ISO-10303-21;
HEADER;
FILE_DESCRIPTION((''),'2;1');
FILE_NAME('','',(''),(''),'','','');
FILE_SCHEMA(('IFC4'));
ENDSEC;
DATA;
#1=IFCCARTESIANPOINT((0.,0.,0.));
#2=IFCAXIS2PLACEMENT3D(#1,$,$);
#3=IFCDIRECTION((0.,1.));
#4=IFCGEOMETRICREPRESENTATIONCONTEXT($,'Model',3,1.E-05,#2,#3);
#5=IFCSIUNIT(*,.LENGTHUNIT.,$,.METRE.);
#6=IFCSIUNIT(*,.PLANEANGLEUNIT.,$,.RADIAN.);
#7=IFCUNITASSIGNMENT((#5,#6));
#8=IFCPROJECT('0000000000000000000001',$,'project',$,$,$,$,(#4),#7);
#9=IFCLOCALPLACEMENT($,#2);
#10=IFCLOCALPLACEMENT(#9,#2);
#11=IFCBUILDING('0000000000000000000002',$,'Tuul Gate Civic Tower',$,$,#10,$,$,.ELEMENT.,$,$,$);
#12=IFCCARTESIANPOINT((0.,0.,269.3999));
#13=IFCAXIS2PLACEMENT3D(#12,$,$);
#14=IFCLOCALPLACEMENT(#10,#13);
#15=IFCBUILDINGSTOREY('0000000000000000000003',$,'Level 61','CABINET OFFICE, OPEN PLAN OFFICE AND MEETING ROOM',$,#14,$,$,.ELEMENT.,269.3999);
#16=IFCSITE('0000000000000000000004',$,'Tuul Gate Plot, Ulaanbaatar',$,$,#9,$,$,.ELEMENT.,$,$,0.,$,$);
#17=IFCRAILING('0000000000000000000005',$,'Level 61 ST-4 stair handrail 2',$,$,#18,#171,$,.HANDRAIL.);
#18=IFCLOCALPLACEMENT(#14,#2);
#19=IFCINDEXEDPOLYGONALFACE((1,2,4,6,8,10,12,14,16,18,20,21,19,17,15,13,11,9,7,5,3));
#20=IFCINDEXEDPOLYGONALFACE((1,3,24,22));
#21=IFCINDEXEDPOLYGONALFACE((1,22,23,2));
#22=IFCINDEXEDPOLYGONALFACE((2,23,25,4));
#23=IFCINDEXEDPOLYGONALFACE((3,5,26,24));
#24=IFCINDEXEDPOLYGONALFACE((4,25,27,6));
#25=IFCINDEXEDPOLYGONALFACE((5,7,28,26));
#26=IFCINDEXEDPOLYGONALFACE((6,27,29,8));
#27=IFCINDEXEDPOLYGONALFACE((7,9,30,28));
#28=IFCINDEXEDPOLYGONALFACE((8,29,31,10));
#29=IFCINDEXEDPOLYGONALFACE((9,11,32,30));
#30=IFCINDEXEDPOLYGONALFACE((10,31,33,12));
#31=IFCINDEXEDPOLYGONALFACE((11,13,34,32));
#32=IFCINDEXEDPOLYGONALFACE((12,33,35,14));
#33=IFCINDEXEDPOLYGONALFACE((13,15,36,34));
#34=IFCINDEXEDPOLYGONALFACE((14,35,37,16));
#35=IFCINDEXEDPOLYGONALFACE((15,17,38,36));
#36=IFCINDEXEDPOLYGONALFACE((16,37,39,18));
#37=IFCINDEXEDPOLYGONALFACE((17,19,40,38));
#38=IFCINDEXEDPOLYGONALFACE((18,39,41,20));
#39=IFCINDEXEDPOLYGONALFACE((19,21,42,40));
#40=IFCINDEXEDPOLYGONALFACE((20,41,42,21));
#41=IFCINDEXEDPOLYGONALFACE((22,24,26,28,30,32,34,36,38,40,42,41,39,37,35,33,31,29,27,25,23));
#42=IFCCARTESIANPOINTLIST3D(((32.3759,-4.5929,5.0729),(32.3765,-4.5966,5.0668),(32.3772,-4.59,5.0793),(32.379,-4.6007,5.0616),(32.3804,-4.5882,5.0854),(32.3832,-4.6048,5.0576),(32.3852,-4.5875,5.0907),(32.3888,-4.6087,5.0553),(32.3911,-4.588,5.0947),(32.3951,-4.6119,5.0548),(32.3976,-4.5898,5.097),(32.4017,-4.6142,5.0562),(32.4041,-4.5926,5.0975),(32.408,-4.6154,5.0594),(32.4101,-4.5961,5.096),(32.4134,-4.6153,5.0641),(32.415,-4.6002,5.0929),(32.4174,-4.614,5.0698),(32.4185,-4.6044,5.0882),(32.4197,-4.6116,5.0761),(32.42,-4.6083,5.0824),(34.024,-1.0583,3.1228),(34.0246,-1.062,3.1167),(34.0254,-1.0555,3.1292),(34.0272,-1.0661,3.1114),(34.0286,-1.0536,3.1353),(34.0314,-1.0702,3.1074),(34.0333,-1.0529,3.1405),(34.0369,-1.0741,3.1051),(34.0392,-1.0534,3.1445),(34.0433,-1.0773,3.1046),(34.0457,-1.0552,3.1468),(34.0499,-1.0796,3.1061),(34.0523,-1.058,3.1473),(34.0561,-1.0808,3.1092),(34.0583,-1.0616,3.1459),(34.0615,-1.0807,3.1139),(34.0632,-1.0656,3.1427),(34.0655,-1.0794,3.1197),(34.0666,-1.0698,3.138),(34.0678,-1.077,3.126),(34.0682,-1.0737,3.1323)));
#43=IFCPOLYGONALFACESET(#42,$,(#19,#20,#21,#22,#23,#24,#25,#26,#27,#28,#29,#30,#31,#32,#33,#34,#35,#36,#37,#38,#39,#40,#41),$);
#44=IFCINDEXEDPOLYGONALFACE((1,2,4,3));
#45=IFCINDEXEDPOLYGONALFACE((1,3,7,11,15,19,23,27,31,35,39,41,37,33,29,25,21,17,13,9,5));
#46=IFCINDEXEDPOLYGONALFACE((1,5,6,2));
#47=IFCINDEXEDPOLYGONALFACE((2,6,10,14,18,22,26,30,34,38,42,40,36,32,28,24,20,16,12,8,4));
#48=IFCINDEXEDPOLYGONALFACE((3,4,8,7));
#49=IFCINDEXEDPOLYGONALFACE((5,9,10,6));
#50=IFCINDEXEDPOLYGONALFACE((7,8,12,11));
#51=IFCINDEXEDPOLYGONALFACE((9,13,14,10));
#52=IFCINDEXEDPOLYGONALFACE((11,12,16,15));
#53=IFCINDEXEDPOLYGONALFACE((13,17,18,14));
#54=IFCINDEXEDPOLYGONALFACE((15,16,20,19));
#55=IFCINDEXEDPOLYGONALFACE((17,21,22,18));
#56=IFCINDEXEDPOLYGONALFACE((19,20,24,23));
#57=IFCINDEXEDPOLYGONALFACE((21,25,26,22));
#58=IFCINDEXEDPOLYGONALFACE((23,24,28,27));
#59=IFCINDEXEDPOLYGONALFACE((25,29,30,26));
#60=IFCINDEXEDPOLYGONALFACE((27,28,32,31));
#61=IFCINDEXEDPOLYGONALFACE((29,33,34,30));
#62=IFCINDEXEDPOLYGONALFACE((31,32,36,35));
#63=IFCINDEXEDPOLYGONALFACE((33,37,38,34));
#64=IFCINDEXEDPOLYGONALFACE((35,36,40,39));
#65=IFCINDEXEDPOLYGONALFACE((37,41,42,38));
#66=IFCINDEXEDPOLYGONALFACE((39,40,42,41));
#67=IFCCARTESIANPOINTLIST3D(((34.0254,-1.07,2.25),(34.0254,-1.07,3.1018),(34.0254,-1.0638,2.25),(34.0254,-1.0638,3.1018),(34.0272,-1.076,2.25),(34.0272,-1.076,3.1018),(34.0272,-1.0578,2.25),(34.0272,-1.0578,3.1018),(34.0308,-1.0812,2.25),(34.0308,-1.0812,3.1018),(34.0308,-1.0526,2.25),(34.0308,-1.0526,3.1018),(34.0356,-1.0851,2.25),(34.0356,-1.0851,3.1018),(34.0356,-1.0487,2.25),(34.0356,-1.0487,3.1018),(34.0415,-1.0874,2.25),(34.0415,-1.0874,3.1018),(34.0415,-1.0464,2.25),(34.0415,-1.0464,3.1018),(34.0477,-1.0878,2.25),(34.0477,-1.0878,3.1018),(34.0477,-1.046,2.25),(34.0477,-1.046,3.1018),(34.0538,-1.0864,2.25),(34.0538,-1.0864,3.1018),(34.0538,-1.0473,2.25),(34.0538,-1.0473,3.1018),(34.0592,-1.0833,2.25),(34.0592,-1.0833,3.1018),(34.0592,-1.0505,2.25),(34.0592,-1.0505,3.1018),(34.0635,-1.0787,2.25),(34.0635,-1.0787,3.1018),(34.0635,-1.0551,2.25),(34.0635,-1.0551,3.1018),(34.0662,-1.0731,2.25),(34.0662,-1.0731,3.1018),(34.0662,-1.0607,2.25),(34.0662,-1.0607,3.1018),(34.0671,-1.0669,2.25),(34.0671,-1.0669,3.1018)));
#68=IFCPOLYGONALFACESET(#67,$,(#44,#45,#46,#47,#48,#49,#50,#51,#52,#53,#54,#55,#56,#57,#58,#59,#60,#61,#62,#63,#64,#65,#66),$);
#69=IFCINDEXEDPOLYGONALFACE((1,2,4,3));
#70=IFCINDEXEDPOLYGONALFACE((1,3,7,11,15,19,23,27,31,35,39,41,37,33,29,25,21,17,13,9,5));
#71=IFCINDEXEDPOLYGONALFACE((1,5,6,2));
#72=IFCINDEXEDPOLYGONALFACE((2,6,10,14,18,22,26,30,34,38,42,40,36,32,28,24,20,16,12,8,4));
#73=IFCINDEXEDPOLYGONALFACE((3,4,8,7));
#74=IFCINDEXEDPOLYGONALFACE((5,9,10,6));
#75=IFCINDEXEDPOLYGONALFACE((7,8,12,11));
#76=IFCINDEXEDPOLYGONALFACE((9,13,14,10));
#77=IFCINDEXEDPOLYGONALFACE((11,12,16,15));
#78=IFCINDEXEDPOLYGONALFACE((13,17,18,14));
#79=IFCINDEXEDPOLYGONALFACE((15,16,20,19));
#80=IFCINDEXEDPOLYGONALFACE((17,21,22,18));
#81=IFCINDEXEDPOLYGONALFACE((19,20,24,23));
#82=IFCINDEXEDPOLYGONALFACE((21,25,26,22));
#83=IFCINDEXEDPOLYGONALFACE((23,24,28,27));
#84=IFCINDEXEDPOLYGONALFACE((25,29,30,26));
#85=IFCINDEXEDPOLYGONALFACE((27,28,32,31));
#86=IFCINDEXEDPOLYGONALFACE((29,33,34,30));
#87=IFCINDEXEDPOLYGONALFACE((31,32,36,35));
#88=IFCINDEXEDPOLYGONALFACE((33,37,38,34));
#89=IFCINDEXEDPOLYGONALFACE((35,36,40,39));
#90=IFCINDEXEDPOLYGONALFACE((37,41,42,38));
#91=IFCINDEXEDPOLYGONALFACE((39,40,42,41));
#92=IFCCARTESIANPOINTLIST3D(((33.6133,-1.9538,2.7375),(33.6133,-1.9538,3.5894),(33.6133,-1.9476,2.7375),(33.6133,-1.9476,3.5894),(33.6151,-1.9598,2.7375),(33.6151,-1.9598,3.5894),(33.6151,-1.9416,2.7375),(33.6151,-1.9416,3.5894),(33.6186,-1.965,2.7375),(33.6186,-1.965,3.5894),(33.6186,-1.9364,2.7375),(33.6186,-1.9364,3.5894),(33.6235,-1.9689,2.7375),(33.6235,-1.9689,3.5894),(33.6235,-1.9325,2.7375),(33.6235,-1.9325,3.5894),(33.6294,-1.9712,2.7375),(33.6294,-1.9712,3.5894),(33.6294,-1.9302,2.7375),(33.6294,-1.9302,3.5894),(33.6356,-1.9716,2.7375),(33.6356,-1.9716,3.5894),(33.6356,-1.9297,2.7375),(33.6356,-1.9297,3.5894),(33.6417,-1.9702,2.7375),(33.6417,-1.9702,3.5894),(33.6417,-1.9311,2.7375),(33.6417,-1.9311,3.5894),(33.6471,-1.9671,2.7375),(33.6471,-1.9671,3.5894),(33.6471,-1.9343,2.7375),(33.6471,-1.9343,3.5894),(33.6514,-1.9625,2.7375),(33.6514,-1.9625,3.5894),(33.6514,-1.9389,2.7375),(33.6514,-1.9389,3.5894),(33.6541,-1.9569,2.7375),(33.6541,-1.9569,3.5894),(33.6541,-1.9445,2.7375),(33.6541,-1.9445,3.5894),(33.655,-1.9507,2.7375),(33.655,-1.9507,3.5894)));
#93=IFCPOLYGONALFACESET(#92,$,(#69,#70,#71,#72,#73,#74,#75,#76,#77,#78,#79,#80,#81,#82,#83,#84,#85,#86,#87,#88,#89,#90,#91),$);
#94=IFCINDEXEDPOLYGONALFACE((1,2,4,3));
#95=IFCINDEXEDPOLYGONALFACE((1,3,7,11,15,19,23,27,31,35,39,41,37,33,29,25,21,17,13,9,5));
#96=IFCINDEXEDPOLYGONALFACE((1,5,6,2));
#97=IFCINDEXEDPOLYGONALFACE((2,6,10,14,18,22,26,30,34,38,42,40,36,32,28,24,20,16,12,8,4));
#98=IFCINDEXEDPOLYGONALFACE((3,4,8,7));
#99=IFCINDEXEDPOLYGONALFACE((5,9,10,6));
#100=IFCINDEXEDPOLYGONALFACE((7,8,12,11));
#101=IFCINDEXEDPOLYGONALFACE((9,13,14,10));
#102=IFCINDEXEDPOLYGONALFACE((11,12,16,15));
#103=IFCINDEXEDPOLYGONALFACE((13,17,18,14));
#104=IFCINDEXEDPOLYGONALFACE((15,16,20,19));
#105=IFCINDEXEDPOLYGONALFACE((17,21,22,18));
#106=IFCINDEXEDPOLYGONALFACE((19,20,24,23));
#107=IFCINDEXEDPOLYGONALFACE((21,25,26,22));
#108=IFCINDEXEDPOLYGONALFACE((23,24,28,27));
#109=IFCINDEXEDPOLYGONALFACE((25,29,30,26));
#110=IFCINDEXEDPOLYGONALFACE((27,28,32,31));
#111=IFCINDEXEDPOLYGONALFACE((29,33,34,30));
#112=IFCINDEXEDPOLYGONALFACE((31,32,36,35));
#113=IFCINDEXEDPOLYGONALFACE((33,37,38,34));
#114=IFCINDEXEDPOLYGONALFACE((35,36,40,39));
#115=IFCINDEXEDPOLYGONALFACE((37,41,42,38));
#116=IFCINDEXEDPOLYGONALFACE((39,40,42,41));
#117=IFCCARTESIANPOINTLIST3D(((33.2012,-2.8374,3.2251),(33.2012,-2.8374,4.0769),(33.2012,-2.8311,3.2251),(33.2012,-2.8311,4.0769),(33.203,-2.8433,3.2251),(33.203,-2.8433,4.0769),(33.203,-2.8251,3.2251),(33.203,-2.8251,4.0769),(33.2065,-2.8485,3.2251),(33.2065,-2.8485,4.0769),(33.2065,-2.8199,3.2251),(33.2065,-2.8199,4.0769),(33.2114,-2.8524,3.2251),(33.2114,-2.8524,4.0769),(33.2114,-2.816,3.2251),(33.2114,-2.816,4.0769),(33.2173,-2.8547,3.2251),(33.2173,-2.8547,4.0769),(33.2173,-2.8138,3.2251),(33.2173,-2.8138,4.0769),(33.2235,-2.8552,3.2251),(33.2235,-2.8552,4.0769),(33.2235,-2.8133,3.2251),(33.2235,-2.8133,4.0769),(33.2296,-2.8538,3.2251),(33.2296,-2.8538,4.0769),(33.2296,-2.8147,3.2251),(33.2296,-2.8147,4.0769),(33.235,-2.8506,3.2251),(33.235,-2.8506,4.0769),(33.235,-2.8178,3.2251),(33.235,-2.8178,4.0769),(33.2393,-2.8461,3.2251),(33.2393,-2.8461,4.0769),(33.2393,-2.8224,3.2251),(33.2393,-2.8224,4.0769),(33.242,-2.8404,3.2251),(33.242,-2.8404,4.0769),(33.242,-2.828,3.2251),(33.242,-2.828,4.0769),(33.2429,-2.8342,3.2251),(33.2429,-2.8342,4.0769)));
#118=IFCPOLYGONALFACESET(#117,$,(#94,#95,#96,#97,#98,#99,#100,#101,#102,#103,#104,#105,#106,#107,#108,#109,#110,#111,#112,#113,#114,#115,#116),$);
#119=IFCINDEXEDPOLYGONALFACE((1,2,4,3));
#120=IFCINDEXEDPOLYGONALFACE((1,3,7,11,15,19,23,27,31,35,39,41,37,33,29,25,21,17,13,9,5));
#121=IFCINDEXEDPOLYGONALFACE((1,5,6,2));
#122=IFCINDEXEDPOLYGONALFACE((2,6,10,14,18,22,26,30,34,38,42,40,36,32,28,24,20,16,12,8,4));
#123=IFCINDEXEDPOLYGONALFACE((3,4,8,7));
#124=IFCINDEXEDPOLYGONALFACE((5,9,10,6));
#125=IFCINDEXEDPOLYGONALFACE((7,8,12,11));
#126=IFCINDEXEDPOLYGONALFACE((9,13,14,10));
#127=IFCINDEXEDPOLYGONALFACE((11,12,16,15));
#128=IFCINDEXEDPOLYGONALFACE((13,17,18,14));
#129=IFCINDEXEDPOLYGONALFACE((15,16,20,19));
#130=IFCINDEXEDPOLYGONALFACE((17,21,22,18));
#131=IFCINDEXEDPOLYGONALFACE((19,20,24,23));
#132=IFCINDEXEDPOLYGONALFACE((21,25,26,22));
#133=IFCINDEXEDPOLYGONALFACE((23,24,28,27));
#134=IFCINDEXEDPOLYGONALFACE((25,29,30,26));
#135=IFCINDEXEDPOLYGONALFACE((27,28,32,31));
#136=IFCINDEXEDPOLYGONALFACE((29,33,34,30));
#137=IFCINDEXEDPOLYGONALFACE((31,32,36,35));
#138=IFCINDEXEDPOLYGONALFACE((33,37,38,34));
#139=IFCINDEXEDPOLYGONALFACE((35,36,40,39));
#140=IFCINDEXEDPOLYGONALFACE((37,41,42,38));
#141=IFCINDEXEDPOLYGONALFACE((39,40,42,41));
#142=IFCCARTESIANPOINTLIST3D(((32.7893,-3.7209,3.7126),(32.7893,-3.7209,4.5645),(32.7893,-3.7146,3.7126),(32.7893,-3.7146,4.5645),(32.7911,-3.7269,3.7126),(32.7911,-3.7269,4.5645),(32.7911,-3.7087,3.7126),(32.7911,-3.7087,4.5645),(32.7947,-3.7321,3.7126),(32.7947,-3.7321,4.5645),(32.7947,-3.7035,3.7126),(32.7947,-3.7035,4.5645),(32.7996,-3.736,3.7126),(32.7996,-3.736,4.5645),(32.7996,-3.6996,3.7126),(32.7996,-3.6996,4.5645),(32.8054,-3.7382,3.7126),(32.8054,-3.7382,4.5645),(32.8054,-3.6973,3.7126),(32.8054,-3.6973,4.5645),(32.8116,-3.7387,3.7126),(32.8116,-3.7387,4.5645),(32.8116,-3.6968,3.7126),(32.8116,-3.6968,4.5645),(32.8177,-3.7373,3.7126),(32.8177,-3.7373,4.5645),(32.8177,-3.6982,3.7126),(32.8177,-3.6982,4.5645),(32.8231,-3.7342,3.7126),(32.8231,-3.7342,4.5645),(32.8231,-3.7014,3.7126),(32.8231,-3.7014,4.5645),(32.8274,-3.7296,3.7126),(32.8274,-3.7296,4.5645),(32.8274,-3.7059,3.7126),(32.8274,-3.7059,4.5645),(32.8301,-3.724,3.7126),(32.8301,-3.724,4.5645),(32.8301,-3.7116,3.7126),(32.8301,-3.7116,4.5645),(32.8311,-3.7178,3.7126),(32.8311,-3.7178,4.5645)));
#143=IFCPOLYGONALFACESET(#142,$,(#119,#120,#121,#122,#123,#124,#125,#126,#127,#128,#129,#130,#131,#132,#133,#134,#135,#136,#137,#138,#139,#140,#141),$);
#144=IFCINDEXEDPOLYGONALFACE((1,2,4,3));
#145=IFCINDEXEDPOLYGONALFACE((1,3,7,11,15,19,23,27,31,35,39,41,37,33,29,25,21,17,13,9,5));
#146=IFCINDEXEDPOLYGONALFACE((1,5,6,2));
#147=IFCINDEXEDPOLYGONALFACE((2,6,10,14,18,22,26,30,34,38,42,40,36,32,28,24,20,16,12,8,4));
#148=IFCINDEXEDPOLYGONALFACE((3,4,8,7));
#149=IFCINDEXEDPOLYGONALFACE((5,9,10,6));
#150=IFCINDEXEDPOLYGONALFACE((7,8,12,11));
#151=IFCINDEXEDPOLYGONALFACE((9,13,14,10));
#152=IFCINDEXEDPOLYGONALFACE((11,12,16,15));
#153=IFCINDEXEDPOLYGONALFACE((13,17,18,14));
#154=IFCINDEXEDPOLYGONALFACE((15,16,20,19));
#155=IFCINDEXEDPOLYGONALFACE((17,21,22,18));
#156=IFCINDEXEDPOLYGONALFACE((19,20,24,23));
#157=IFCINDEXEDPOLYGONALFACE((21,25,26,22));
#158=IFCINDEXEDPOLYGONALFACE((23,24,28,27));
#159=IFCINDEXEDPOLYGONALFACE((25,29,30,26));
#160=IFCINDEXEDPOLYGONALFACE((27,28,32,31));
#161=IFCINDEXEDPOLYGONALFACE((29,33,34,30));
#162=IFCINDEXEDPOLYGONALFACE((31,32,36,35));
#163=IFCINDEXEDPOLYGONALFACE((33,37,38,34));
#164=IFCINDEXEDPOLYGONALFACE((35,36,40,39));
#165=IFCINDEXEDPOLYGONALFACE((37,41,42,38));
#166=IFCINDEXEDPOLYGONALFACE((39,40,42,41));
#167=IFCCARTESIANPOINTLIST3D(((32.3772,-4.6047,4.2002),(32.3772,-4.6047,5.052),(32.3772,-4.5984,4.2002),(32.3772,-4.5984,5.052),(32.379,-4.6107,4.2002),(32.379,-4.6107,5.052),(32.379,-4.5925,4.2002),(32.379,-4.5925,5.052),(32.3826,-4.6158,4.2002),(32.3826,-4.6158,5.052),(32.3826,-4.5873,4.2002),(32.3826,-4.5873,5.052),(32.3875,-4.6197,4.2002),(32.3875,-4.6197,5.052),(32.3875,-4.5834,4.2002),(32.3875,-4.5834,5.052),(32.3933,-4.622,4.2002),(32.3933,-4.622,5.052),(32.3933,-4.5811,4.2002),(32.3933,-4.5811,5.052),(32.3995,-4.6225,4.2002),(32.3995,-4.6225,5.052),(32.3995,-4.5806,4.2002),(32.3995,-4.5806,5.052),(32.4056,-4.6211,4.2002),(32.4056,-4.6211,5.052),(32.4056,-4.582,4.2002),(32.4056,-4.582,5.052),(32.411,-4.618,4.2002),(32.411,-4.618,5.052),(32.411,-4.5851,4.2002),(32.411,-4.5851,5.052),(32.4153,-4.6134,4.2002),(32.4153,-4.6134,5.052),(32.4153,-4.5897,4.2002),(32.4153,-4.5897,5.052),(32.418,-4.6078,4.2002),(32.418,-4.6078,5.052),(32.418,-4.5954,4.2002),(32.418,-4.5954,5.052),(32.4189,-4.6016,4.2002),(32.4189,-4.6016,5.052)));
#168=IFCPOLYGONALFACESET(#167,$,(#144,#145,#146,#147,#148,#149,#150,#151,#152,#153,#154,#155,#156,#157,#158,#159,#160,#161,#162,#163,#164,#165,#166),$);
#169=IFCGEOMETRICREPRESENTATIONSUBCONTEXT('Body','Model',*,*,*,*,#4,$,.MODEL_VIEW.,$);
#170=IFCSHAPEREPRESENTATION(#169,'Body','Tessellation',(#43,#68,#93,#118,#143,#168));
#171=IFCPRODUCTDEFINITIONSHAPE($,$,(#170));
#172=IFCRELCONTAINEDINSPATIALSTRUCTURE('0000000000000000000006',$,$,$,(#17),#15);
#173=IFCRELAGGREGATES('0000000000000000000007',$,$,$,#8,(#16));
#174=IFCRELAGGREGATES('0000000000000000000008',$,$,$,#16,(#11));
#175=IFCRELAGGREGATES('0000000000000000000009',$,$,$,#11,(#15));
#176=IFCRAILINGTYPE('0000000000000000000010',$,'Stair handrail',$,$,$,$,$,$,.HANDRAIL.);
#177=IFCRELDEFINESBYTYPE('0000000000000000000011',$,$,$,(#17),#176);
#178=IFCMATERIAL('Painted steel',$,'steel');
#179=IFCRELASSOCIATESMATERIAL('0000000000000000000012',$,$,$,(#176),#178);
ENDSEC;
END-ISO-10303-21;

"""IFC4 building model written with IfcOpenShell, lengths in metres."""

from ifc_helpers import new_model, si_unit, direction, frame, origin, origin_2d, place, context, subcontext, project, spatial, circle, extrude, material, type_object, element, save


model = new_model("IFC4")

# Units and contexts
model_context = context("Model", 3, precision=1e-05, world=origin(), true_north=direction((0.0, 1.0)))
body_context = subcontext(model_context, "Body", "Model", "MODEL_VIEW")
ifc_project = project(units=[si_unit("LENGTHUNIT", "METRE"), si_unit("PLANEANGLEUNIT", "RADIAN")], contexts=[model_context])

# Site, building, storey
site_placement = place(None, origin())
site = spatial("IfcSite", under=ifc_project, at=site_placement, Name="Tuul Gate Plot, Ulaanbaatar", CompositionType="ELEMENT", RefElevation=0.0)
building_placement = place(site_placement, origin())
building = spatial("IfcBuilding", under=site, at=building_placement, Name="Tuul Gate Civic Tower", CompositionType="ELEMENT")
storey_placement = place(building_placement, frame((0.0, 0.0, 269.3999)))
storey = spatial("IfcBuildingStorey", under=building, at=storey_placement, Name="Level 61", Description="CABINET OFFICE, OPEN PLAN OFFICE AND MEETING ROOM", CompositionType="ELEMENT", Elevation=269.3999)

# Railing
ifc_material_1 = material(Name="Painted steel", Category="steel")
railing_type = type_object("IfcRailingType", Name="Stair handrail", PredefinedType="HANDRAIL", material=ifc_material_1)
railing_placement = place(storey_placement, frame((34.0461, -1.0669, 2.25)))
element("IfcRailing", 1, at=railing_placement, inside=storey, type_object=railing_type, Name="Level 61 ST-4 stair handrail 2", PredefinedType="HANDRAIL", context=body_context, shape_type="SweptSolid", body=[
    extrude(circle(Radius=0.0239, at=origin_2d()), frame((0.0, 0.0, 0.876), z_axis=(-0.377985, -0.810617, 0.447245), x_axis=(0.906313, -0.422608, 0.0)), (0.0, 0.0, 1.0), 4.3604),
    extrude(circle(Radius=0.021, at=origin_2d()), origin(), (0.0, 0.0, 1.0), 0.8518),
    extrude(circle(Radius=0.021, at=origin_2d()), frame((-0.4121, -0.8838, 0.4875)), (0.0, 0.0, 1.0), 0.8518),
    extrude(circle(Radius=0.021, at=origin_2d()), frame((-0.8242, -1.7673, 0.9751)), (0.0, 0.0, 1.0), 0.8518),
    extrude(circle(Radius=0.021, at=origin_2d()), frame((-1.2361, -2.6509, 1.4626)), (0.0, 0.0, 1.0), 0.8518),
    extrude(circle(Radius=0.021, at=origin_2d()), frame((-1.6482, -3.5347, 1.9502)), (0.0, 0.0, 1.0), 0.8518),
])

save(model, "model.ifc")
